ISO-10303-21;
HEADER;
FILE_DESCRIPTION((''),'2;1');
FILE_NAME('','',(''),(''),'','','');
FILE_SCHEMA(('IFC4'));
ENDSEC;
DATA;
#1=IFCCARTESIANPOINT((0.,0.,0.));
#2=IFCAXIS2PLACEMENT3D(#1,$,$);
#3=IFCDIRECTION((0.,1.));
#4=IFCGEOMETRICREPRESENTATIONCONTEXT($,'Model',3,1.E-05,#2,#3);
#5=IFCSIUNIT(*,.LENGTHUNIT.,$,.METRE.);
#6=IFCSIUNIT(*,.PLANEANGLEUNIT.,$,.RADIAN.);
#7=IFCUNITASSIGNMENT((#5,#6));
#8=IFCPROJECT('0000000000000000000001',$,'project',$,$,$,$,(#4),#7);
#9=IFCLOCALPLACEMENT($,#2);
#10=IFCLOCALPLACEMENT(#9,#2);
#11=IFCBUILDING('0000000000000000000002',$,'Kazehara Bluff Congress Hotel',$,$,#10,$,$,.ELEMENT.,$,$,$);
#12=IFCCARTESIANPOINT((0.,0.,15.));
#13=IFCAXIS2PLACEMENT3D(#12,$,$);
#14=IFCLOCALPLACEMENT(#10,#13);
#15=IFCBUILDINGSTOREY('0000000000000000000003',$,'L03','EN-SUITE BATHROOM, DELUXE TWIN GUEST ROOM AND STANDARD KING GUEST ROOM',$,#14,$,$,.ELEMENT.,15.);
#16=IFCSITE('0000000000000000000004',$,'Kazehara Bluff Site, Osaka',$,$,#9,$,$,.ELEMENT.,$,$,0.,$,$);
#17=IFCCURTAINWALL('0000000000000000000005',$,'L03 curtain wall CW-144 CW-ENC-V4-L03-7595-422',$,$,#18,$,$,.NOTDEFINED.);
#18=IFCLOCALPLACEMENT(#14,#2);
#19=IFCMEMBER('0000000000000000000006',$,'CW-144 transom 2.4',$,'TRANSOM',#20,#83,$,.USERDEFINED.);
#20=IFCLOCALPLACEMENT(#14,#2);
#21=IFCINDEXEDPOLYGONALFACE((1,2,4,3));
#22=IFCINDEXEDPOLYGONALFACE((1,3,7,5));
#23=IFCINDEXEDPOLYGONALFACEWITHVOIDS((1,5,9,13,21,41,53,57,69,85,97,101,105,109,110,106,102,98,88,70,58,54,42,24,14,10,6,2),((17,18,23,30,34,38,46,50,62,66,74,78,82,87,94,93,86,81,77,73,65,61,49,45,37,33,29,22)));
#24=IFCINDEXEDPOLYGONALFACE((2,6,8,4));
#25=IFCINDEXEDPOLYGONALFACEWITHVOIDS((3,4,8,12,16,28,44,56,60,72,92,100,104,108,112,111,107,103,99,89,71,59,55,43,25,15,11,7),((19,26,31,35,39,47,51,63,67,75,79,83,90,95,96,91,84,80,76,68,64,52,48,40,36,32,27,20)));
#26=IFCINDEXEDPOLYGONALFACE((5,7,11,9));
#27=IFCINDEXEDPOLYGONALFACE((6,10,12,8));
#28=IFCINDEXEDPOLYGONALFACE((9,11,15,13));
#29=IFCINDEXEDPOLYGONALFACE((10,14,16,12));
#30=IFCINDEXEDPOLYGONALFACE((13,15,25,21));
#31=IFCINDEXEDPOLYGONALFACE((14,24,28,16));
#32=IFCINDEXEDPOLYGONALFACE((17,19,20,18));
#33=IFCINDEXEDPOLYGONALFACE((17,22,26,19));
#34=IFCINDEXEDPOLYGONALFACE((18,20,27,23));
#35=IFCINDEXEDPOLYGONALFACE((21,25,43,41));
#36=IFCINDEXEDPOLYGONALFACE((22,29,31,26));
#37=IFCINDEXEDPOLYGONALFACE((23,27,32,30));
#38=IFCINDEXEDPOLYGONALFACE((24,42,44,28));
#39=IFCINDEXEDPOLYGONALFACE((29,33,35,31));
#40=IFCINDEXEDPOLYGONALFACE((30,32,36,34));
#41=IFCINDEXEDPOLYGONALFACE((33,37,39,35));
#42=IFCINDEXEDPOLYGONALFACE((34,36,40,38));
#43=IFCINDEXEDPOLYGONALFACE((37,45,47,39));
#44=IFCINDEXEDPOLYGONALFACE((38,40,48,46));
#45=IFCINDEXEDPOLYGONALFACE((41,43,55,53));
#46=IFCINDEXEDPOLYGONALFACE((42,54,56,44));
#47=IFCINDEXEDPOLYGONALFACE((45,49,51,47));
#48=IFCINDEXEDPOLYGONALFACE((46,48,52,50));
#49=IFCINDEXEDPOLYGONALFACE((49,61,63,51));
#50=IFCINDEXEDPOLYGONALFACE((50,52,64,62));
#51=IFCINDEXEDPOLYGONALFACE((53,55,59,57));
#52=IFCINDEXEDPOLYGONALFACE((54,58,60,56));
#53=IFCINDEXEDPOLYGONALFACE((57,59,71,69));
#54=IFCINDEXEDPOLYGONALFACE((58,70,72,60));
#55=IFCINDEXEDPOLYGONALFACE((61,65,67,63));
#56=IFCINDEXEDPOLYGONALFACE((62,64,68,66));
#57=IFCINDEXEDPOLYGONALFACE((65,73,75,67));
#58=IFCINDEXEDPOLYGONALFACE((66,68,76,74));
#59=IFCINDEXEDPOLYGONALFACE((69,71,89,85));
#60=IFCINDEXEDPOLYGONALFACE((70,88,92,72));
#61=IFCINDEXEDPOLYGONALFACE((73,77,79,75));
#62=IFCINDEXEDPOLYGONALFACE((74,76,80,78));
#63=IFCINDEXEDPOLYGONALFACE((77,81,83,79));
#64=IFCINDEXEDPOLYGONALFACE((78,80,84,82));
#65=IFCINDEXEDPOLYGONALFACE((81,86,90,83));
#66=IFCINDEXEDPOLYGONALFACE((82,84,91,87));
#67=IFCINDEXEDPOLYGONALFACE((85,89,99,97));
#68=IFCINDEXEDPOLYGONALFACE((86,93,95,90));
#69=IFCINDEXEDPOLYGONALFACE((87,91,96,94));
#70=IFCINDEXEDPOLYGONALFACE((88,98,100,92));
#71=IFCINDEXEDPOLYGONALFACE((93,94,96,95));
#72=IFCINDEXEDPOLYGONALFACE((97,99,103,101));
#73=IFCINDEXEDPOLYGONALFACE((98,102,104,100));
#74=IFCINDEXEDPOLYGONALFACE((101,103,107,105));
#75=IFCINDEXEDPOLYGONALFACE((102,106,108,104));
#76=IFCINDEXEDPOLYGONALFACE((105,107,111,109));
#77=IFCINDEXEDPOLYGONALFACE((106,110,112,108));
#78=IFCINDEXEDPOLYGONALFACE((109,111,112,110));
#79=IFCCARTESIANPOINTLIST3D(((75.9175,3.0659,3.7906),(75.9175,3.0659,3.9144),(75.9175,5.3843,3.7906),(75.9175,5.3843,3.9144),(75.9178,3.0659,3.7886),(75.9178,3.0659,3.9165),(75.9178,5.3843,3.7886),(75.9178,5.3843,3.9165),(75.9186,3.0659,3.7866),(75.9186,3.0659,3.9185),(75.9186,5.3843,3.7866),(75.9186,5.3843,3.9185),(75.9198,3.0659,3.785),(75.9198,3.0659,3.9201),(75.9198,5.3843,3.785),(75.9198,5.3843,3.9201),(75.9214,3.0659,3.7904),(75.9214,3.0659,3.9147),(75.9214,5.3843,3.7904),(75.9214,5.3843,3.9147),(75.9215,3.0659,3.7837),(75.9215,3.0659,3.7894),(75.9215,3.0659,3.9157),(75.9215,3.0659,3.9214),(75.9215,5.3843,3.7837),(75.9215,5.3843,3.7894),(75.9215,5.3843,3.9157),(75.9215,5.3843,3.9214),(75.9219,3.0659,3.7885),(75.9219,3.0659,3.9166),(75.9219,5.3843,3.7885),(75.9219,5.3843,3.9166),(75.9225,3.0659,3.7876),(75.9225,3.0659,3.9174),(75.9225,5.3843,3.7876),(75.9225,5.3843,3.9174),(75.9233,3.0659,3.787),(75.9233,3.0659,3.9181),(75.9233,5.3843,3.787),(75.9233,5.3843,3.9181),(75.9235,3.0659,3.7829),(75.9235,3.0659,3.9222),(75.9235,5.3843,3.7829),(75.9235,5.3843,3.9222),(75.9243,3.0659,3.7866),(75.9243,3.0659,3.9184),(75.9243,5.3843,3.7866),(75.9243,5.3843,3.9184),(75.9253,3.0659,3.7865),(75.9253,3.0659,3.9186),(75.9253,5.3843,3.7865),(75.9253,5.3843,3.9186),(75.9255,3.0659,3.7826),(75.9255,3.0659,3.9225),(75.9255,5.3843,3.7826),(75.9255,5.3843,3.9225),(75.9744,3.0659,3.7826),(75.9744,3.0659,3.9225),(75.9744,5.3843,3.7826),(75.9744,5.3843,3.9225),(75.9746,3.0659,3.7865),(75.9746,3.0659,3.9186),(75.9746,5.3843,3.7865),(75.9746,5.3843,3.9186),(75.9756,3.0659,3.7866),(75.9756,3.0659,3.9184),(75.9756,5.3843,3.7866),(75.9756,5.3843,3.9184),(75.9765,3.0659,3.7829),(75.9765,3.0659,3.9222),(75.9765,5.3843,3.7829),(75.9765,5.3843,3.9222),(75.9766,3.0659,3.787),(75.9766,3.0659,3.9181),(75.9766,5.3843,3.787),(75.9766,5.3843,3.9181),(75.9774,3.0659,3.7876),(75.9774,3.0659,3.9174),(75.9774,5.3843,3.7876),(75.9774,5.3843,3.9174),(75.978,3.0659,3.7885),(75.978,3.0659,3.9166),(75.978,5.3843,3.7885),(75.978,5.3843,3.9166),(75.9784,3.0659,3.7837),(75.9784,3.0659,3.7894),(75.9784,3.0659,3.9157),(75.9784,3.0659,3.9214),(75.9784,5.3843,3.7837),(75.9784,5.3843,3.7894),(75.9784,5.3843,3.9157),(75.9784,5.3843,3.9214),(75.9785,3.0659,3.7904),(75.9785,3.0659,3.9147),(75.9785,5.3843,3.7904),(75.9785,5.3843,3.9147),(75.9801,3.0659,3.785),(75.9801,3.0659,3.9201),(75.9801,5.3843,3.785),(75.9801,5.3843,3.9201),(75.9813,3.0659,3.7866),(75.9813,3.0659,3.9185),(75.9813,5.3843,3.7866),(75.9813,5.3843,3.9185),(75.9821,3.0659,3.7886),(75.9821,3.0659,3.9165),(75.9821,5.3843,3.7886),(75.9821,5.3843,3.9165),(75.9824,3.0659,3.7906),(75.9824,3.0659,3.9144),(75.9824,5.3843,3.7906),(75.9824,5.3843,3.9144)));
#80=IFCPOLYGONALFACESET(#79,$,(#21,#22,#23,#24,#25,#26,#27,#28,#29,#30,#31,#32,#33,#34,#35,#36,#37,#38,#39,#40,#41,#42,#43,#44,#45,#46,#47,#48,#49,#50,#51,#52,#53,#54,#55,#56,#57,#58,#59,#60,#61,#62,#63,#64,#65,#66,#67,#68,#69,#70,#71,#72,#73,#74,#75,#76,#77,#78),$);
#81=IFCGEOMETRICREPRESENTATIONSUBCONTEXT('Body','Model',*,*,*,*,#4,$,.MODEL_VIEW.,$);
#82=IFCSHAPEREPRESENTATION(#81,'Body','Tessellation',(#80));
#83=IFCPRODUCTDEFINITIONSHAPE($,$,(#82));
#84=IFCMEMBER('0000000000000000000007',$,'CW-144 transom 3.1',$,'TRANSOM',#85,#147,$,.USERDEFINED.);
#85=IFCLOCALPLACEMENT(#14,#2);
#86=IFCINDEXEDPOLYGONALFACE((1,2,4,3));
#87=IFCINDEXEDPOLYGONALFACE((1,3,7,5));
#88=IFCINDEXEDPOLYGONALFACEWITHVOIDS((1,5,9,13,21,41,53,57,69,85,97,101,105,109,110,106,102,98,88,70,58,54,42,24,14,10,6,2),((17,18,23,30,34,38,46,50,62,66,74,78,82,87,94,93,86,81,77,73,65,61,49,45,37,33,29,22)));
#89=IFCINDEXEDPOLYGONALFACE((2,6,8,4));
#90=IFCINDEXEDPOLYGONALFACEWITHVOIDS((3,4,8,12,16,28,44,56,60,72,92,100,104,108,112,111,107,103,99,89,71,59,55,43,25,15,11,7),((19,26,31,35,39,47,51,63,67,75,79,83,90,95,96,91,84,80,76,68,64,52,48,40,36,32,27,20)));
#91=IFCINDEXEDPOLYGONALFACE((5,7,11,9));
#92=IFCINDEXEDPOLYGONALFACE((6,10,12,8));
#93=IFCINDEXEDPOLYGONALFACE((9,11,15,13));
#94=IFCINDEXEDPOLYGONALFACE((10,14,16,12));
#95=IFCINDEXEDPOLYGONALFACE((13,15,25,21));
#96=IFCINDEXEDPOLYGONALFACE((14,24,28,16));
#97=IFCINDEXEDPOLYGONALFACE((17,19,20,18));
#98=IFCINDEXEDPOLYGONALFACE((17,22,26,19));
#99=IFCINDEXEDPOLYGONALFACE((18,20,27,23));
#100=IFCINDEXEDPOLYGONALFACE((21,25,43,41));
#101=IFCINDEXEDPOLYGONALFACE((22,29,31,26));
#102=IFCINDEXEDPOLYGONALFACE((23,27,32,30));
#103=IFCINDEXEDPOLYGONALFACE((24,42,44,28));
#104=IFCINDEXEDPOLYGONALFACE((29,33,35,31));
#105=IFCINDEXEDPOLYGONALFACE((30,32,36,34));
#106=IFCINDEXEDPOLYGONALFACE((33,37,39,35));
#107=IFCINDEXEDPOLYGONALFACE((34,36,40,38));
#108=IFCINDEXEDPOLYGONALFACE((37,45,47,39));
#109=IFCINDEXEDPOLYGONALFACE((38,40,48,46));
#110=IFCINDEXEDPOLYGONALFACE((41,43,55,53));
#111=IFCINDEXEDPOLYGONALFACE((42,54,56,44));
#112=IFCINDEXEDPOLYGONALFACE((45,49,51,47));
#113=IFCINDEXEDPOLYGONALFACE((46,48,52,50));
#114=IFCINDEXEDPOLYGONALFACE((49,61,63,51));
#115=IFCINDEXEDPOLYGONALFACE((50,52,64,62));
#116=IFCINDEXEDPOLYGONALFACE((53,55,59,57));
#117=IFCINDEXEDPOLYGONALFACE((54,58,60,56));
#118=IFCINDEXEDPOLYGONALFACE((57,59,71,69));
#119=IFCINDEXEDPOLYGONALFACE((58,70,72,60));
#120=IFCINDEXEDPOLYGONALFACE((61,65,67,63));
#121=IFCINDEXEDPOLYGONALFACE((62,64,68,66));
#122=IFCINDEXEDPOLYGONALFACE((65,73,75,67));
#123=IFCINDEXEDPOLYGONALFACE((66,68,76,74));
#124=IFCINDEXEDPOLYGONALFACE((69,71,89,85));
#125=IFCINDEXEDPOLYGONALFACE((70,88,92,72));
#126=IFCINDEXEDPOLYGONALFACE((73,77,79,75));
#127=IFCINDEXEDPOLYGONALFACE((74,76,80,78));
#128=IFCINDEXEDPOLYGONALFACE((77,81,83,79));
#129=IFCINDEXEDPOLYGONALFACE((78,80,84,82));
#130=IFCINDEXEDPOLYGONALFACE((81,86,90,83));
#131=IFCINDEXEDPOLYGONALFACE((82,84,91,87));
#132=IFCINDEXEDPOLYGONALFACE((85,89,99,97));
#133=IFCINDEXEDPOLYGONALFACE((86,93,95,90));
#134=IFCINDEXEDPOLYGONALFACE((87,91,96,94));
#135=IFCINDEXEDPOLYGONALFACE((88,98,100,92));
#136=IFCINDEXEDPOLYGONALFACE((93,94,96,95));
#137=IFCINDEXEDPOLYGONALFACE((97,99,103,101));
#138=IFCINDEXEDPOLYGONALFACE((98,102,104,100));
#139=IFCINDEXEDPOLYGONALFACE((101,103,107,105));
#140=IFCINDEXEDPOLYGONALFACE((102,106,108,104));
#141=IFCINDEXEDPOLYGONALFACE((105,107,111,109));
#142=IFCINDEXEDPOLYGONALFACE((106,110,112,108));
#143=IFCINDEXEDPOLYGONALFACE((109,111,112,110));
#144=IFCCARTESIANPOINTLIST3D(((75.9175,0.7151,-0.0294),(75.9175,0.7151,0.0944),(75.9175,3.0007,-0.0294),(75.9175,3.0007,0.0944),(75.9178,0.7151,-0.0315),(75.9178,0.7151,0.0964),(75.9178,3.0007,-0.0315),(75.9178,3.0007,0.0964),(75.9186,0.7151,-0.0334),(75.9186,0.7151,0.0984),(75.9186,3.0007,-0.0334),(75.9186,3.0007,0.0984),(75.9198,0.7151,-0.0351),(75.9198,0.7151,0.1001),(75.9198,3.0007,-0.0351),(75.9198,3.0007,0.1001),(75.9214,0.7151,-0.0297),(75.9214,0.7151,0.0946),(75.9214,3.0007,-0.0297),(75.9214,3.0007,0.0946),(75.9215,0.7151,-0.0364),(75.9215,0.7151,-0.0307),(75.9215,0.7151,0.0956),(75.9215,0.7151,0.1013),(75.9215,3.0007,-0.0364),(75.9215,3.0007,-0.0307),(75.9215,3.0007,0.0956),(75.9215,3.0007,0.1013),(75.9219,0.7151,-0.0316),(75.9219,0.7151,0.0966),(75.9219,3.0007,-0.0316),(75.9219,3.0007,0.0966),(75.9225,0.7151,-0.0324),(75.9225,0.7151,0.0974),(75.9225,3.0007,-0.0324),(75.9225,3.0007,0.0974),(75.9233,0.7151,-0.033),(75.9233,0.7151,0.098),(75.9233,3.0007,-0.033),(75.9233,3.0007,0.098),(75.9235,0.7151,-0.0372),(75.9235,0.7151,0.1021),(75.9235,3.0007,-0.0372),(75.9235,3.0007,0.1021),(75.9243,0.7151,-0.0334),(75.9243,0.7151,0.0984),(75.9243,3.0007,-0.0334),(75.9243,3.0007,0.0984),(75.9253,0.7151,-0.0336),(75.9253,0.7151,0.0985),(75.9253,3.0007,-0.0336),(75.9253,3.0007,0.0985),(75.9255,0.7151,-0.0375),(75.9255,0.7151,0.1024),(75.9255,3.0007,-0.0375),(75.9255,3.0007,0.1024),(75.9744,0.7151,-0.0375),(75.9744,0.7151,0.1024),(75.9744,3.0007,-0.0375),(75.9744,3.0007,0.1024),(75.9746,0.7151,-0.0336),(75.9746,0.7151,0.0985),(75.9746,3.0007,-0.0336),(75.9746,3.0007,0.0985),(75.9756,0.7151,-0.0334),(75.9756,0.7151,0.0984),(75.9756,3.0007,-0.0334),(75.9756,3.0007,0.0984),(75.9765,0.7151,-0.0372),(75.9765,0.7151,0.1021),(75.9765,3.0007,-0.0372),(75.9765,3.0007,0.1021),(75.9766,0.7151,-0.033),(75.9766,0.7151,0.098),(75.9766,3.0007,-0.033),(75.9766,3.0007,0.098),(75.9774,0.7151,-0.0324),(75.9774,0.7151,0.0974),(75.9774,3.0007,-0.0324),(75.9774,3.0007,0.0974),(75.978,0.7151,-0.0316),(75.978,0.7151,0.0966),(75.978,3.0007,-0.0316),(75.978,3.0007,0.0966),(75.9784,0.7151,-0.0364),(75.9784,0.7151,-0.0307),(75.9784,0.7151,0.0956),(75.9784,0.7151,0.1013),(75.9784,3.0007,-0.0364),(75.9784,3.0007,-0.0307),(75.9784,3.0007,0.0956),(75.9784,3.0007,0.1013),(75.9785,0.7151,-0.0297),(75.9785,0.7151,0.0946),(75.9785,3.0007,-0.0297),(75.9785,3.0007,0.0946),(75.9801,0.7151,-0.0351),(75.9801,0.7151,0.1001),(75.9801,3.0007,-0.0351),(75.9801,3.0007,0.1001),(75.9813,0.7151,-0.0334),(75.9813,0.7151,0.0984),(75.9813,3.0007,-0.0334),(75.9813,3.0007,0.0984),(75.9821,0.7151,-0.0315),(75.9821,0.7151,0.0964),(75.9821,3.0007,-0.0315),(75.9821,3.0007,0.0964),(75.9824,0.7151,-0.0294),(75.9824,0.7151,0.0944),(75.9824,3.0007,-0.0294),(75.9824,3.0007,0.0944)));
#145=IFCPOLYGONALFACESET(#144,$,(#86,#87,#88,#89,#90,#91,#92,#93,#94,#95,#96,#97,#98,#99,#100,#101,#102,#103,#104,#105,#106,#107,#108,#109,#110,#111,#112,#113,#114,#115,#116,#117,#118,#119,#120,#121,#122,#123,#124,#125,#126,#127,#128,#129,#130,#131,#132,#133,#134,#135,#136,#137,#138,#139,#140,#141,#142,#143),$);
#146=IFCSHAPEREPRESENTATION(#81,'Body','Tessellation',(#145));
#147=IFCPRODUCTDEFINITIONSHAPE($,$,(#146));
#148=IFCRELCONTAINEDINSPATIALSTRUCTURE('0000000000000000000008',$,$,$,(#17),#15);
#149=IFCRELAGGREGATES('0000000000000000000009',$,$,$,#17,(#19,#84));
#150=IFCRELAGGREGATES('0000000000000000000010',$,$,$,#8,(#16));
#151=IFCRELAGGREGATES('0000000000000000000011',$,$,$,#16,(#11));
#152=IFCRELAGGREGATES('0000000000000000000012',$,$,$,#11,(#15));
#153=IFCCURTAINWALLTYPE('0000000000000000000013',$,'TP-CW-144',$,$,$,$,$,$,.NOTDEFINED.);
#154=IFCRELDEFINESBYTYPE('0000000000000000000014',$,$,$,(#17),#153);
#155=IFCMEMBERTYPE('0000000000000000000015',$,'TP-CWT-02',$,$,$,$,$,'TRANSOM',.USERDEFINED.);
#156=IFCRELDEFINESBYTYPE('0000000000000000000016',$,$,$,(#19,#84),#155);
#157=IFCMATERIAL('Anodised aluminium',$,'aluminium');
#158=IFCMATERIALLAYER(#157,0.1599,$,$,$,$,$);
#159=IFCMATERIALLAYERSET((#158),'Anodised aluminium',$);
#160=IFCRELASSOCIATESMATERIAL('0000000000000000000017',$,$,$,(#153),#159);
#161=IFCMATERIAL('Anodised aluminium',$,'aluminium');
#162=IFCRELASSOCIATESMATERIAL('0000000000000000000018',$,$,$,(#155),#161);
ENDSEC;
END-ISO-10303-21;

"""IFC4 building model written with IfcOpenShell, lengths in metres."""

from ifc_helpers import new_model, si_unit, direction, frame, origin, origin_2d, place, context, subcontext, project, spatial, hollow_rectangle, extrude, material, layer, layer_set, material_profile, profile_set, type_object, element, aggregate, save


model = new_model("IFC4")

# Units and contexts
model_context = context("Model", 3, precision=1e-05, world=origin(), true_north=direction((0.0, 1.0)))
body_context = subcontext(model_context, "Body", "Model", "MODEL_VIEW")
ifc_project = project(units=[si_unit("LENGTHUNIT", "METRE"), si_unit("PLANEANGLEUNIT", "RADIAN")], contexts=[model_context])

# Site, building, storey
site_placement = place(None, origin())
site = spatial("IfcSite", under=ifc_project, at=site_placement, Name="Kazehara Bluff Site, Osaka", CompositionType="ELEMENT", RefElevation=0.0)
building_placement = place(site_placement, origin())
building = spatial("IfcBuilding", under=site, at=building_placement, Name="Kazehara Bluff Congress Hotel", CompositionType="ELEMENT")
storey_placement = place(building_placement, frame((0.0, 0.0, 15.0)))
storey = spatial("IfcBuildingStorey", under=building, at=storey_placement, Name="L03", Description="EN-SUITE BATHROOM, DELUXE TWIN GUEST ROOM AND STANDARD KING GUEST ROOM", CompositionType="ELEMENT", Elevation=15.0)

# Curtain wall
ifc_material_1 = material(Name="Anodised aluminium", Category="aluminium")
ifc_layer_1 = layer(ifc_material_1, 0.1599)
ifc_layer_set_1 = layer_set([ifc_layer_1], Name="Anodised aluminium")
curtain_wall_type_1 = type_object("IfcCurtainWallType", Name="TP-CW-144", PredefinedType="NOTDEFINED", material=ifc_layer_set_1)
curtain_wall_1_placement = place(storey_placement, origin())
curtain_wall_1 = element("IfcCurtainWall", 1, at=curtain_wall_1_placement, inside=storey, type_object=curtain_wall_type_1, Name="L03 curtain wall CW-144 CW-ENC-V4-L03-7595-422", PredefinedType="NOTDEFINED")

# Members
ifc_material_2 = material(Name="Anodised aluminium", Category="aluminium")
ifc_material_profile_1 = material_profile(ifc_material_2, hollow_rectangle(XDim=0.0649, YDim=0.1399, WallThickness=0.0039, InnerFilletRadius=0.0039, OuterFilletRadius=0.0081, at=origin_2d()))
ifc_profile_set_1 = profile_set([ifc_material_profile_1], Name="Anodised aluminium")
member_type_1 = type_object("IfcMemberType", Name="TP-CWT-02", ElementType="TRANSOM", PredefinedType="USERDEFINED", material=ifc_profile_set_1)
member_1_placement = place(storey_placement, frame((75.95, 5.3843, 3.8525), z_axis=(0.0, -1.0, 0.0), x_axis=(1.0, 0.0, 0.0)))
member_1 = element("IfcMember", 2, at=member_1_placement, type_object=member_type_1, Name="CW-144 transom 2.4", ObjectType="TRANSOM", PredefinedType="USERDEFINED", context=body_context, shape_type="SweptSolid", body=[
    extrude(hollow_rectangle(XDim=0.0649, YDim=0.1399, WallThickness=0.0039, InnerFilletRadius=0.0039, OuterFilletRadius=0.0081, at=origin_2d()), origin(), (0.0, 0.0, 1.0), 2.3184),
])
member_2_placement = place(storey_placement, frame((75.95, 3.0007, 0.0325), z_axis=(0.0, -1.0, 0.0), x_axis=(1.0, 0.0, 0.0)))
member_2 = element("IfcMember", 3, at=member_2_placement, type_object=member_type_1, Name="CW-144 transom 3.1", ObjectType="TRANSOM", PredefinedType="USERDEFINED", context=body_context, shape_type="SweptSolid", body=[
    extrude(hollow_rectangle(XDim=0.0649, YDim=0.1399, WallThickness=0.0039, InnerFilletRadius=0.0039, OuterFilletRadius=0.0081, at=origin_2d()), origin(), (0.0, 0.0, 1.0), 2.2856),
])

aggregate(curtain_wall_1, [member_1, member_2])

save(model, "model.ifc")
